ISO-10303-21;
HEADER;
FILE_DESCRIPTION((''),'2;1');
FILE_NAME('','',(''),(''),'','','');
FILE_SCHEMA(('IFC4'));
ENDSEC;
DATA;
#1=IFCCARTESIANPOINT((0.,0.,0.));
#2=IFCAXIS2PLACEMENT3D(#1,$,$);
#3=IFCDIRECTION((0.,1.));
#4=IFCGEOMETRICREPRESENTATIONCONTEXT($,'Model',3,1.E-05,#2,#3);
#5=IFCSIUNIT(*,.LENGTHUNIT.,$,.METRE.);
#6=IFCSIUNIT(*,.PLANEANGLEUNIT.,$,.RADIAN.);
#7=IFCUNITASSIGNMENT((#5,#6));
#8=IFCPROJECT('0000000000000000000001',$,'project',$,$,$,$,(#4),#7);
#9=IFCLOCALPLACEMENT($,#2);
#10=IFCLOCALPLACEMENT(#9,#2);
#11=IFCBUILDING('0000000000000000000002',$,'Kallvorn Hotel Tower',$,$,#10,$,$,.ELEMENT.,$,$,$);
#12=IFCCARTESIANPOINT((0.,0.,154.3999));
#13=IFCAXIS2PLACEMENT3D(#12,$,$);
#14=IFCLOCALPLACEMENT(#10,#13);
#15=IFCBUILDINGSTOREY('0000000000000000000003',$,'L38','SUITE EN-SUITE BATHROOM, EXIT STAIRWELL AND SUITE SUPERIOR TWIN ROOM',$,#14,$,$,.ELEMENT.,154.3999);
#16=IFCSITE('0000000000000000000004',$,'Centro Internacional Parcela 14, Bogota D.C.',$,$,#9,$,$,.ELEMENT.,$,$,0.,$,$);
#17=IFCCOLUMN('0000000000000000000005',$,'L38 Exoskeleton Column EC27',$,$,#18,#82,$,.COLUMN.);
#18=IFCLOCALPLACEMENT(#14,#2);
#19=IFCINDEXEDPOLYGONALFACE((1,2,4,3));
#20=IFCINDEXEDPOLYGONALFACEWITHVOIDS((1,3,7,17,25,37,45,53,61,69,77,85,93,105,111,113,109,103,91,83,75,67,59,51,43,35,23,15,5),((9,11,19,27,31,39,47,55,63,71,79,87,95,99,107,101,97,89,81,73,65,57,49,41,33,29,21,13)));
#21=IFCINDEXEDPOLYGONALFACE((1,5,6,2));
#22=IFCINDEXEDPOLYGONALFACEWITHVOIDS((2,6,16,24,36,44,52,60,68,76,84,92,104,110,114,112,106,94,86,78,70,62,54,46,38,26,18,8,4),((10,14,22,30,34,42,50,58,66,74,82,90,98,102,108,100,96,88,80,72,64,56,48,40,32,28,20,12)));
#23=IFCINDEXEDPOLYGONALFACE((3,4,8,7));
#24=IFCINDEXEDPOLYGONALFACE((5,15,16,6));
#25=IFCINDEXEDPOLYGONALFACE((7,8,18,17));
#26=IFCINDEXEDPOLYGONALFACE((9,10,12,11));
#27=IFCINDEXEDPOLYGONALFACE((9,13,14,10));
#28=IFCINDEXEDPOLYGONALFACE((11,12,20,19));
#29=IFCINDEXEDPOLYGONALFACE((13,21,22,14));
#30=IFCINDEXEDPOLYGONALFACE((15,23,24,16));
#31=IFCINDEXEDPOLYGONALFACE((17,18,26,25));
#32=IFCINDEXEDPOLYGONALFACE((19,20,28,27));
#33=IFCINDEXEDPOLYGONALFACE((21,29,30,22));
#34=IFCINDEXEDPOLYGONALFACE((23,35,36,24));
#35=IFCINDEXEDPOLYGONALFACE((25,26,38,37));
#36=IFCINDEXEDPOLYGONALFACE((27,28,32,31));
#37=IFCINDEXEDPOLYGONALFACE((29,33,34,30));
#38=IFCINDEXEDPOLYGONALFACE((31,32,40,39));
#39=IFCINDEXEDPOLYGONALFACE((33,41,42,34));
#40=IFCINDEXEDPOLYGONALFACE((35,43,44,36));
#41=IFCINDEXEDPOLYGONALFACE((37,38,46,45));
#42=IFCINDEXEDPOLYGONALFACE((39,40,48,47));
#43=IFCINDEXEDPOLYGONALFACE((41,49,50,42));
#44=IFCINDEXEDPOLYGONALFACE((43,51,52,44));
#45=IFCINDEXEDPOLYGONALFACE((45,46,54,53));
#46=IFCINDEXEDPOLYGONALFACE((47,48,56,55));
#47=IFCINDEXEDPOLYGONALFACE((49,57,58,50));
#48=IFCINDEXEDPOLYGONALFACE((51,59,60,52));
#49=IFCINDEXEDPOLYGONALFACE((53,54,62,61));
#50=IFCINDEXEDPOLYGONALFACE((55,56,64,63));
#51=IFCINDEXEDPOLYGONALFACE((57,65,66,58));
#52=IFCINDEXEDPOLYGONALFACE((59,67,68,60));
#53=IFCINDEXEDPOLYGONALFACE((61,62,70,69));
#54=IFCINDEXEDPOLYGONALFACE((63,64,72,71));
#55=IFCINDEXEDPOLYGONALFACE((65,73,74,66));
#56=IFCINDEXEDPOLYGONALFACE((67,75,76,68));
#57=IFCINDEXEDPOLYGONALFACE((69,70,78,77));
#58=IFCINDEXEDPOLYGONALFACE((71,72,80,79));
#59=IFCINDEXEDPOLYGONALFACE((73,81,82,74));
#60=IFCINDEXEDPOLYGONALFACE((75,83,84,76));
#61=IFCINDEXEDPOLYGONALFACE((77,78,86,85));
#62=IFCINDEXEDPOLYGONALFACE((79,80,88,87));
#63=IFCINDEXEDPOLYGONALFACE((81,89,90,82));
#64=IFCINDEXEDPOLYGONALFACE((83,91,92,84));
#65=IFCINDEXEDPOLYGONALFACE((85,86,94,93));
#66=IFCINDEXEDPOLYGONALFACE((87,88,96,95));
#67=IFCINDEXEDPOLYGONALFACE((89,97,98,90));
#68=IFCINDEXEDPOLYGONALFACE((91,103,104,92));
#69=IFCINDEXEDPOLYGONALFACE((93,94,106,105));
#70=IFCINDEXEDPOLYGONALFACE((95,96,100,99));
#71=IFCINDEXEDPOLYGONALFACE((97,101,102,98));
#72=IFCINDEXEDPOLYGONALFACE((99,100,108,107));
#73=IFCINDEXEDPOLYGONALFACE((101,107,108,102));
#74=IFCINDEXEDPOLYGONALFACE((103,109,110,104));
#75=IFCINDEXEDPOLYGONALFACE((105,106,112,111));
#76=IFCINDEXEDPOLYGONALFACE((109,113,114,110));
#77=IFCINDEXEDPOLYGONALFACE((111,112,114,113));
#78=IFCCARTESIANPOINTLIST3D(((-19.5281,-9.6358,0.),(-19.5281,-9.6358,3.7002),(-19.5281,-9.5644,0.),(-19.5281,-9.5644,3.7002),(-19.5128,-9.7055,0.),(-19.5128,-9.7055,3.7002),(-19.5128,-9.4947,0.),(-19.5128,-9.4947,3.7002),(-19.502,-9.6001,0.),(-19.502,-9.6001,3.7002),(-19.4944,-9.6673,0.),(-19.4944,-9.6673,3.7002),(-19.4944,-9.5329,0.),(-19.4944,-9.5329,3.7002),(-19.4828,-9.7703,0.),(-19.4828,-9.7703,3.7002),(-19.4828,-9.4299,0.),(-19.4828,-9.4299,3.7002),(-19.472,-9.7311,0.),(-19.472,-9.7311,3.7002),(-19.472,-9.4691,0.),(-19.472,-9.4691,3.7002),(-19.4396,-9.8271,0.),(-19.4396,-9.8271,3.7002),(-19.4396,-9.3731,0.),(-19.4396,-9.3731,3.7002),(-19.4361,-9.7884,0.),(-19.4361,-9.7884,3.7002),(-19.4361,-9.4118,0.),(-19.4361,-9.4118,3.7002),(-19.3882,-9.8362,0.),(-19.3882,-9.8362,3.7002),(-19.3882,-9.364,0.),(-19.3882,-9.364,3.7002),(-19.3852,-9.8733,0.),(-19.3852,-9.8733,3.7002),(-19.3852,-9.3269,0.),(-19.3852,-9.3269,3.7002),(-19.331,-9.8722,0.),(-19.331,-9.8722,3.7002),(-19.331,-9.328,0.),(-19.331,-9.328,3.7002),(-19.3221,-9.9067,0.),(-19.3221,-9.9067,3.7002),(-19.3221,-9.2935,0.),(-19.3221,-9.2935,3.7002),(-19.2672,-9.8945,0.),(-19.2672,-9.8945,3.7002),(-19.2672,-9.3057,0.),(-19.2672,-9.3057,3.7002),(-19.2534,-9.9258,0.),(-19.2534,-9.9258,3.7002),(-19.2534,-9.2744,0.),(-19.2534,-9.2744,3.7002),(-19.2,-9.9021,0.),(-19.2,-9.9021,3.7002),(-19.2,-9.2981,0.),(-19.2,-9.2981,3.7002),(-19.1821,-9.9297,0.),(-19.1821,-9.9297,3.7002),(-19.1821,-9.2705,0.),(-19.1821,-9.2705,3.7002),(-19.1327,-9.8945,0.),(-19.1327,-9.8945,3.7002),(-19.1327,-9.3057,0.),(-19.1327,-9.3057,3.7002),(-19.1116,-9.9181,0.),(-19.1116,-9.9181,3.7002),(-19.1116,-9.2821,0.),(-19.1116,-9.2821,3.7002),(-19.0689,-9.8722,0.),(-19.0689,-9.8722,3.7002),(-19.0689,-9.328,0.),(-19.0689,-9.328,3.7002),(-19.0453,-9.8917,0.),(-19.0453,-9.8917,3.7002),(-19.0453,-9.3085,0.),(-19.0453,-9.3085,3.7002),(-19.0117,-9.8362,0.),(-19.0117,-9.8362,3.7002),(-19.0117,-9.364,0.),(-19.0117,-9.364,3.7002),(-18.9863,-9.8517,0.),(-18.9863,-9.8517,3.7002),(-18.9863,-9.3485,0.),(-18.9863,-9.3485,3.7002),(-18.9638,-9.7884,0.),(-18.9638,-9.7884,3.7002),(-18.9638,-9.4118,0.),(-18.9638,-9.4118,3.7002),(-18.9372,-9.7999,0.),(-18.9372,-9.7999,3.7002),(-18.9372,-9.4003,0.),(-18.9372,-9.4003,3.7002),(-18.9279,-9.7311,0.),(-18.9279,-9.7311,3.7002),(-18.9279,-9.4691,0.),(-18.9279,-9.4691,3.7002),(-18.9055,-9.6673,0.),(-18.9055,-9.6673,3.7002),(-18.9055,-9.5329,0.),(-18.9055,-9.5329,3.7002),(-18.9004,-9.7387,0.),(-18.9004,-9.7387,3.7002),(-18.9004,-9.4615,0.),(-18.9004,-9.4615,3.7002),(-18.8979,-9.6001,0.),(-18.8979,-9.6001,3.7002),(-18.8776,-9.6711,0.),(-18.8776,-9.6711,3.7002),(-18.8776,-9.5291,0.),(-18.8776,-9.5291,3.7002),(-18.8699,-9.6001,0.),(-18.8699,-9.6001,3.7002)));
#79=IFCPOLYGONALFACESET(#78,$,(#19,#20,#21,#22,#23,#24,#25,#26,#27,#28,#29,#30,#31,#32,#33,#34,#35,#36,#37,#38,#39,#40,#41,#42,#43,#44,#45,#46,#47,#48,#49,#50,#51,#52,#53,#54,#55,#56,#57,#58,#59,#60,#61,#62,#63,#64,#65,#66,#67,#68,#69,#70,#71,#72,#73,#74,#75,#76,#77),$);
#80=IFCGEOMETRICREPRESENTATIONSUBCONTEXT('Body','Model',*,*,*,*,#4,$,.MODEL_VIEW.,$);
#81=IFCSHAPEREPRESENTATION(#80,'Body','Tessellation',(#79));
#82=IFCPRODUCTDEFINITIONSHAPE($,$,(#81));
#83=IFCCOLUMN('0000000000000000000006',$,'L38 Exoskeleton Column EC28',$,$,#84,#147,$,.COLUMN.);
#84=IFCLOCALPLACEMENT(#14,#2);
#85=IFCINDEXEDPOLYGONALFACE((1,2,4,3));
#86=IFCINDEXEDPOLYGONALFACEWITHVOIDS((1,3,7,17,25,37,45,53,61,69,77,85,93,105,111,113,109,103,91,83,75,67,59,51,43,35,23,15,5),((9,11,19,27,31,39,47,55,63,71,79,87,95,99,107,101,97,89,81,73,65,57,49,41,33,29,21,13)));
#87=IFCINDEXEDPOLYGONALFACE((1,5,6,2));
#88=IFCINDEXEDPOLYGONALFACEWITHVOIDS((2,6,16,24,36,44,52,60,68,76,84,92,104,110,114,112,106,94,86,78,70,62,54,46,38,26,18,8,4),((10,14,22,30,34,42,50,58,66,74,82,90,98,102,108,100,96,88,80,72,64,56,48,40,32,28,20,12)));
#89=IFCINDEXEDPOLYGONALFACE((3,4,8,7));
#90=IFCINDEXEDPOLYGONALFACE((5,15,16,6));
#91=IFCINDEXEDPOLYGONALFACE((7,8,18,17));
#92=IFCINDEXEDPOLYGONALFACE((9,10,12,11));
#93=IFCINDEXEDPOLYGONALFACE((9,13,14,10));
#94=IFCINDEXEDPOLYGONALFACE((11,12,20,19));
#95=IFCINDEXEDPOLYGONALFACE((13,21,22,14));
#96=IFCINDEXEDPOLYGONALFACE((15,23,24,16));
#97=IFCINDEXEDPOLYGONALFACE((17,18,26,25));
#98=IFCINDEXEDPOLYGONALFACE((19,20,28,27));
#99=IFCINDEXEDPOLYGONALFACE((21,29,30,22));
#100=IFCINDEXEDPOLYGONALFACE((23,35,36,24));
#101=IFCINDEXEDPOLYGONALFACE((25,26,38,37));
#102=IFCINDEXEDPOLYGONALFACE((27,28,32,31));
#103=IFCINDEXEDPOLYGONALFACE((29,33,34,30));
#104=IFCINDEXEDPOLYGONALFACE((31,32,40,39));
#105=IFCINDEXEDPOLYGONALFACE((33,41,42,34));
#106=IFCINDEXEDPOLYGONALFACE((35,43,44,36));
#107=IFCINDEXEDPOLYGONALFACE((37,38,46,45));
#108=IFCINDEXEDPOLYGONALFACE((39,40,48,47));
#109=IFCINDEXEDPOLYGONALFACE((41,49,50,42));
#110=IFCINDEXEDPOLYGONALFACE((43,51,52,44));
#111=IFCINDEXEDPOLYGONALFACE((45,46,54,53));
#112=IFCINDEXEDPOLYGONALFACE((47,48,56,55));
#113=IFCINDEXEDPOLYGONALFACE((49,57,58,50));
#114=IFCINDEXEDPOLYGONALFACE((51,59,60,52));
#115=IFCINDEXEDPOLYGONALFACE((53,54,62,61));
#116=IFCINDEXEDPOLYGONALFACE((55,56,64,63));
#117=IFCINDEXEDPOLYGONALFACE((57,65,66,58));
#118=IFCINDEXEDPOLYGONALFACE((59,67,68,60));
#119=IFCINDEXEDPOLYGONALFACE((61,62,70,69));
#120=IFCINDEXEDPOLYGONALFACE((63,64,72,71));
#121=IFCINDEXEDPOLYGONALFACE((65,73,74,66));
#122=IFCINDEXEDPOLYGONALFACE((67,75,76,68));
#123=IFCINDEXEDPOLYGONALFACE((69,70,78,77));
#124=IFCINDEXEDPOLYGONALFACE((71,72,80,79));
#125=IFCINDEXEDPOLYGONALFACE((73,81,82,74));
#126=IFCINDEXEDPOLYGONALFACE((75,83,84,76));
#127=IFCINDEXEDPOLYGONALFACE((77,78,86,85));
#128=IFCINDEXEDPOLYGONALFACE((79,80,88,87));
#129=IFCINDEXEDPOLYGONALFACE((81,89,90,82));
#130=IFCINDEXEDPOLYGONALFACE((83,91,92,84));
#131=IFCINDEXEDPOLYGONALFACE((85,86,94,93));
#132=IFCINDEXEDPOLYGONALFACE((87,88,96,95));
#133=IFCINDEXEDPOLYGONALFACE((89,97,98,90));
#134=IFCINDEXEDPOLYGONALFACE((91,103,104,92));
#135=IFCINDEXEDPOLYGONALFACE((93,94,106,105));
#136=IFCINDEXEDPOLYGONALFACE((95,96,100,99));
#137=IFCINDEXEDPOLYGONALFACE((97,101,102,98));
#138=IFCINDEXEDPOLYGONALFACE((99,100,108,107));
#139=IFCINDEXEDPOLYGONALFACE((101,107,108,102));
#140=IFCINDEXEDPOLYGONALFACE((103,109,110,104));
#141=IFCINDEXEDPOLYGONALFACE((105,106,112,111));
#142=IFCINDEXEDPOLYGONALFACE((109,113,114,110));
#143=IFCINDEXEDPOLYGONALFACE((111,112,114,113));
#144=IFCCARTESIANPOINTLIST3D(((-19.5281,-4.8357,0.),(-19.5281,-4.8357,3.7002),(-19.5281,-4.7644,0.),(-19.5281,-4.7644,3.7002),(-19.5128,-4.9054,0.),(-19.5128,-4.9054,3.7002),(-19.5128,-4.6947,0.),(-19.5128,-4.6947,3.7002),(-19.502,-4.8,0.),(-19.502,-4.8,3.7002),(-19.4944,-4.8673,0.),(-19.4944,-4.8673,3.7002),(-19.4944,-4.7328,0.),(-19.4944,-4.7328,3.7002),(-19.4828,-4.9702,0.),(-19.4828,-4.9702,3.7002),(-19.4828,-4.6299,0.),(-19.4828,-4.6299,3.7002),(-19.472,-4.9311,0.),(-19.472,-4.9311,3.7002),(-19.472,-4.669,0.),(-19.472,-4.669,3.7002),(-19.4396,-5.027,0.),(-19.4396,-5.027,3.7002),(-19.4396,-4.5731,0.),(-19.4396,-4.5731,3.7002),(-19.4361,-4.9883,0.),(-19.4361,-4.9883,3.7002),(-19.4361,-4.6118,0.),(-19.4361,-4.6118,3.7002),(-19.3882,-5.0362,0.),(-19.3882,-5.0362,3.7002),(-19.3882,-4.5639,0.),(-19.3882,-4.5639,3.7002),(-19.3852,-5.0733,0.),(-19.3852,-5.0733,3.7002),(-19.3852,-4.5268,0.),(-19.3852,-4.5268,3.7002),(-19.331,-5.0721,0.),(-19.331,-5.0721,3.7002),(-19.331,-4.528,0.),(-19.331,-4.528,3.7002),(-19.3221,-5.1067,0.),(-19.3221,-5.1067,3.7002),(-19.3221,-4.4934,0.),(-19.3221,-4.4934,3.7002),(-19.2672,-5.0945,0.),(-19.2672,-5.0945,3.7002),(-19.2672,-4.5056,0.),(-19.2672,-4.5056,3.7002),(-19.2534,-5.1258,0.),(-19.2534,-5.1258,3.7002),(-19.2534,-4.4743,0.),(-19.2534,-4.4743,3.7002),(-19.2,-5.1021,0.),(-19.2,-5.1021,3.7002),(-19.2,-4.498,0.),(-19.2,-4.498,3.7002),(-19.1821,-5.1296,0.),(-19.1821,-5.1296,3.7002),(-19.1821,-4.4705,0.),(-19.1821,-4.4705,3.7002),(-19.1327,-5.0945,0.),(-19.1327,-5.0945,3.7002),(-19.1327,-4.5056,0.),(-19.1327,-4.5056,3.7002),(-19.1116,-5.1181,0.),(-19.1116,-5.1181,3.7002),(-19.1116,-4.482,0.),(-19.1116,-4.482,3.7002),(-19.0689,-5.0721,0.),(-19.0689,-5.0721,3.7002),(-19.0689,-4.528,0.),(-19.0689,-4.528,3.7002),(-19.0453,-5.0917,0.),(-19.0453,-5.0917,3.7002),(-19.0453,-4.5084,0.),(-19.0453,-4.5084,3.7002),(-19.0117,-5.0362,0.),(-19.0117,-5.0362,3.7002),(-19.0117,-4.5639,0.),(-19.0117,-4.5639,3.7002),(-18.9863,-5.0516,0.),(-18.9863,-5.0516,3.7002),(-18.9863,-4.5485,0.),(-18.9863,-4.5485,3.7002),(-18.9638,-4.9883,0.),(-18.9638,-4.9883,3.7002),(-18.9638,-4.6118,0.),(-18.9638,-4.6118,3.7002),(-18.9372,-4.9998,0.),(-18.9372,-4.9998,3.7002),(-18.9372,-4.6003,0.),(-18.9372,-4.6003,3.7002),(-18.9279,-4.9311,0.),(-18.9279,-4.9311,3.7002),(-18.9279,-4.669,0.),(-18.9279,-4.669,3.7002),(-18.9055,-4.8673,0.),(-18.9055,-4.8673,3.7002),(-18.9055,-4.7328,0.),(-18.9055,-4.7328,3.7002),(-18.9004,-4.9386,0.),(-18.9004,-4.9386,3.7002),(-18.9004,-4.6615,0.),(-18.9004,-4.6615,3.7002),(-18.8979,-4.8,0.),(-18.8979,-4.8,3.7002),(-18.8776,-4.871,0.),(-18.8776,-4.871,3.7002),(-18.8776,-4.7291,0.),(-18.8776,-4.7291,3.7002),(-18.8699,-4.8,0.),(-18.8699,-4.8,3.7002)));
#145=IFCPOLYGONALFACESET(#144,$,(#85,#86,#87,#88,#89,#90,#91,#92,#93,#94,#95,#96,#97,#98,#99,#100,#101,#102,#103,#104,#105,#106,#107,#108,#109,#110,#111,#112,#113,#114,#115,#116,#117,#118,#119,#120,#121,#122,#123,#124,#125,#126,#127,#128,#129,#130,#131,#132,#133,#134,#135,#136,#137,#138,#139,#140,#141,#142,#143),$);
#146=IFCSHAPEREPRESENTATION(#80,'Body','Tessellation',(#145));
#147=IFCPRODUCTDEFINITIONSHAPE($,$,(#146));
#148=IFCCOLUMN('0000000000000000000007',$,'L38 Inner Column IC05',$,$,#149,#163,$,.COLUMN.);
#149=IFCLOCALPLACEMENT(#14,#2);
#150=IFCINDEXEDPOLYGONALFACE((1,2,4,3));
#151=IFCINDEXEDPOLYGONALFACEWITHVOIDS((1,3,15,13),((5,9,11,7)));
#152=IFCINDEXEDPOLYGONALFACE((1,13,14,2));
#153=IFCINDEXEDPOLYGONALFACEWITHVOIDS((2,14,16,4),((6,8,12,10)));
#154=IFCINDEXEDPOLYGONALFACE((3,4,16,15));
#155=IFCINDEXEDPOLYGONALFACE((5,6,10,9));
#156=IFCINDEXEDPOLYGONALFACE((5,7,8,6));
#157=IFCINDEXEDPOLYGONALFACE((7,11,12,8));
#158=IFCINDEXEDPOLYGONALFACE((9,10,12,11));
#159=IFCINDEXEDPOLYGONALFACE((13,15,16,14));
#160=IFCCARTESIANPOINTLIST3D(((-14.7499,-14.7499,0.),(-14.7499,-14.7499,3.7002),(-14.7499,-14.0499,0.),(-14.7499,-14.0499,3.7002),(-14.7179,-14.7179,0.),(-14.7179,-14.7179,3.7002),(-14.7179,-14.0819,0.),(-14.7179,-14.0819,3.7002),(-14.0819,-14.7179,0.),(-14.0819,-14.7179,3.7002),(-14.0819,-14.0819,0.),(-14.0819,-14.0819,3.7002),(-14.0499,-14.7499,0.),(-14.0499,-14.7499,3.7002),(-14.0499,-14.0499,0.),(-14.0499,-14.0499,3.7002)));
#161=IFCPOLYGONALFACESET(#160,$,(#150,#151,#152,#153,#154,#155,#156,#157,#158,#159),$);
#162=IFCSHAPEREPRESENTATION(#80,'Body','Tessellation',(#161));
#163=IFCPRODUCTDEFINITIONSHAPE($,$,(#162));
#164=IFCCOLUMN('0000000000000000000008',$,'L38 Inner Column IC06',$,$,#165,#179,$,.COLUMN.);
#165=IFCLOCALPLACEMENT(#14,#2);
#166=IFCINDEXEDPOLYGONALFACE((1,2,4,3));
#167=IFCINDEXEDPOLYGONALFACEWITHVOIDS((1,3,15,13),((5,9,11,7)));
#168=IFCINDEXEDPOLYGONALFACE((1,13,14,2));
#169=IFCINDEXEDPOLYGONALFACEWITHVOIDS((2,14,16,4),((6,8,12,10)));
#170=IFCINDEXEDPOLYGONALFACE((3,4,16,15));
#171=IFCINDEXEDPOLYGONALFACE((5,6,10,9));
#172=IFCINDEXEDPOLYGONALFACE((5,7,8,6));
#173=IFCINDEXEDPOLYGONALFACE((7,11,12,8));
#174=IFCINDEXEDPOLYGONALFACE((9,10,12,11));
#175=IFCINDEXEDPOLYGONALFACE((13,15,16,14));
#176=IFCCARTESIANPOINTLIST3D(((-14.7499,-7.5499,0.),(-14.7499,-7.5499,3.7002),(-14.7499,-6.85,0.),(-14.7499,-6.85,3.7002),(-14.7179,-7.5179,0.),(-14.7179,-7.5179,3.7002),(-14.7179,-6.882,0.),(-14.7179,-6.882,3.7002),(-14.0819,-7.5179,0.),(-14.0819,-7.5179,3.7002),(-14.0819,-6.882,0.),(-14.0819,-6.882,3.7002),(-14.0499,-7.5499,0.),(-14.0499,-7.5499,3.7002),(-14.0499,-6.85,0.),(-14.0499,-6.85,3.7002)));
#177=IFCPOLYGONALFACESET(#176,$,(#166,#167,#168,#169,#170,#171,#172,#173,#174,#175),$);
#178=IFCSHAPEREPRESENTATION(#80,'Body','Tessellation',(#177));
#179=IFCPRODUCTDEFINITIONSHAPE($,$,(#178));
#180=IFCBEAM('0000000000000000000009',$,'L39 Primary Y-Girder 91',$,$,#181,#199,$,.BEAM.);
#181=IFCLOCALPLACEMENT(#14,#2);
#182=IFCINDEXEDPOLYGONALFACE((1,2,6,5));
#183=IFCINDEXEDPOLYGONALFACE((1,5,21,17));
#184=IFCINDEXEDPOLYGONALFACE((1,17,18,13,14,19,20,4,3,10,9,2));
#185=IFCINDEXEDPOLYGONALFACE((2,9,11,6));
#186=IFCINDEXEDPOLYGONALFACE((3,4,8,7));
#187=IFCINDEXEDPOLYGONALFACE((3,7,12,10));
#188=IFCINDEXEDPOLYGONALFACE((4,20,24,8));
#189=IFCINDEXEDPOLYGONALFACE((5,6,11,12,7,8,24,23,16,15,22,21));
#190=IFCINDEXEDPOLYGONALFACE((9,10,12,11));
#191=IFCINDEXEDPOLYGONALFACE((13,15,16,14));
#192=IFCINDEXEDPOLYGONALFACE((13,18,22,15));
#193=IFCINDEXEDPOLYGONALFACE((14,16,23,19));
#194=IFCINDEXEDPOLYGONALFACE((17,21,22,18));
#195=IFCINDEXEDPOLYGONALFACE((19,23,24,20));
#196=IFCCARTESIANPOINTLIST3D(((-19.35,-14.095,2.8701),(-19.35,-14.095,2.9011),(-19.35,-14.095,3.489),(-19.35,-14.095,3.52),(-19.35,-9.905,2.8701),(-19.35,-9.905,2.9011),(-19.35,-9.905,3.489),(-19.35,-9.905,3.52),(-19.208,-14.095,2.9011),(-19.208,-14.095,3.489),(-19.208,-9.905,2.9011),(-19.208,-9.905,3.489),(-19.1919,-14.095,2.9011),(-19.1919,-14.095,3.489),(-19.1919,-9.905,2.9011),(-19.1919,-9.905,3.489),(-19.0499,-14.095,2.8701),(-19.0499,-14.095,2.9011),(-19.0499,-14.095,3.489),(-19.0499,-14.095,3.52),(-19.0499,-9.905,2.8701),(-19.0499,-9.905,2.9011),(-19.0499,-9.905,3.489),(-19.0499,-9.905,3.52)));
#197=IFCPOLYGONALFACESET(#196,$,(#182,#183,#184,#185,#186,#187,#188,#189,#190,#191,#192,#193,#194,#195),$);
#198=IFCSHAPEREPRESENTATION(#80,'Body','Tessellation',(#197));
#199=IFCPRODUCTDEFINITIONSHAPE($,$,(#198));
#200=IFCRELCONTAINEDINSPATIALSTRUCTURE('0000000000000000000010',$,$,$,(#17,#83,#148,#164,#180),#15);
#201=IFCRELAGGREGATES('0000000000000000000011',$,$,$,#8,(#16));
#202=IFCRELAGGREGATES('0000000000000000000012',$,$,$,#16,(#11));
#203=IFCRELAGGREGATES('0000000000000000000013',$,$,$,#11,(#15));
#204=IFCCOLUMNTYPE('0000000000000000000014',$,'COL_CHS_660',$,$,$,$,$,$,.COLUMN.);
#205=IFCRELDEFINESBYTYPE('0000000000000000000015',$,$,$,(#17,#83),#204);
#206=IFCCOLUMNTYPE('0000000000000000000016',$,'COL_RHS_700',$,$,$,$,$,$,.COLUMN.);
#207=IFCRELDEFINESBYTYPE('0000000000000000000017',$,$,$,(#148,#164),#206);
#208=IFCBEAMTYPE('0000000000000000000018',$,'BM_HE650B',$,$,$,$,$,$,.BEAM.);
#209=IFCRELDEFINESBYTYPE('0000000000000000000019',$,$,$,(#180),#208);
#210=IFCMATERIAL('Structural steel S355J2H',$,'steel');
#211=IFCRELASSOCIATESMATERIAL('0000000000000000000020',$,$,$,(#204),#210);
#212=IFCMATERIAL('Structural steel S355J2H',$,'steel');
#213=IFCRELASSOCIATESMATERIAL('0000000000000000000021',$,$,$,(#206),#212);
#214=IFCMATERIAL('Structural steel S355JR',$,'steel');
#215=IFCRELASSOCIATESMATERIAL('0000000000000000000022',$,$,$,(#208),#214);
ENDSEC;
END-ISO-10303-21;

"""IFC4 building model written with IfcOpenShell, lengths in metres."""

from ifc_helpers import new_model, si_unit, direction, frame, origin, origin_2d, place, context, subcontext, project, spatial, hollow_rectangle, hollow_circle, i_section, extrude, material, material_profile, profile_set, type_object, element, save


model = new_model("IFC4")

# Units and contexts
model_context = context("Model", 3, precision=1e-05, world=origin(), true_north=direction((0.0, 1.0)))
body_context = subcontext(model_context, "Body", "Model", "MODEL_VIEW")
ifc_project = project(units=[si_unit("LENGTHUNIT", "METRE"), si_unit("PLANEANGLEUNIT", "RADIAN")], contexts=[model_context])

# Site, building, storey
site_placement = place(None, origin())
site = spatial("IfcSite", under=ifc_project, at=site_placement, Name="Centro Internacional Parcela 14, Bogota D.C.", CompositionType="ELEMENT", RefElevation=0.0)
building_placement = place(site_placement, origin())
building = spatial("IfcBuilding", under=site, at=building_placement, Name="Kallvorn Hotel Tower", CompositionType="ELEMENT")
storey_placement = place(building_placement, frame((0.0, 0.0, 154.3999)))
storey = spatial("IfcBuildingStorey", under=building, at=storey_placement, Name="L38", Description="SUITE EN-SUITE BATHROOM, EXIT STAIRWELL AND SUITE SUPERIOR TWIN ROOM", CompositionType="ELEMENT", Elevation=154.3999)

# Columns
ifc_material_1 = material(Name="Structural steel S355J2H", Category="steel")
ifc_material_profile_1 = material_profile(ifc_material_1, hollow_circle(Radius=0.3301, WallThickness=0.0281, at=origin_2d()), Name="CHS 660x28")
ifc_profile_set_1 = profile_set([ifc_material_profile_1], Name="Structural steel S355J2H")
column_type_1 = type_object("IfcColumnType", Name="COL_CHS_660", PredefinedType="COLUMN", material=ifc_profile_set_1)
for number, where, z_axis, x_axis, name in (
    (1, (-19.2, -9.6001, 0.0), (0.0, 0.0, 1.0), (1.0, 0.0, 0.0), "L38 Exoskeleton Column EC27"),
    (2, (-19.2, -4.8, 0.0), (0.0, 0.0, 1.0), (1.0, 0.0, 0.0), "L38 Exoskeleton Column EC28"),
):
    element("IfcColumn", number, at=place(storey_placement, frame(where, z_axis=z_axis, x_axis=x_axis)), inside=storey, type_object=column_type_1, Name=name, PredefinedType="COLUMN", context=body_context, shape_type="SweptSolid", body=[
        extrude(hollow_circle(Radius=0.3301, WallThickness=0.0281, at=origin_2d()), origin(), (0.0, 0.0, 1.0), 3.7002),
    ])
ifc_material_2 = material(Name="Structural steel S355J2H", Category="steel")
ifc_material_profile_2 = material_profile(ifc_material_2, hollow_rectangle(XDim=0.7, YDim=0.7, WallThickness=0.032, at=origin_2d()), Name="RHS 700x700x32")
ifc_profile_set_2 = profile_set([ifc_material_profile_2], Name="Structural steel S355J2H")
column_type_2 = type_object("IfcColumnType", Name="COL_RHS_700", PredefinedType="COLUMN", material=ifc_profile_set_2)
for number, where, z_axis, x_axis, name in (
    (3, (-14.3999, -14.3999, 0.0), (0.0, 0.0, 1.0), (1.0, 0.0, 0.0), "L38 Inner Column IC05"),
    (4, (-14.3999, -7.2, 0.0), (0.0, 0.0, 1.0), (1.0, 0.0, 0.0), "L38 Inner Column IC06"),
):
    element("IfcColumn", number, at=place(storey_placement, frame(where, z_axis=z_axis, x_axis=x_axis)), inside=storey, type_object=column_type_2, Name=name, PredefinedType="COLUMN", context=body_context, shape_type="SweptSolid", body=[
        extrude(hollow_rectangle(XDim=0.7, YDim=0.7, WallThickness=0.032, at=origin_2d()), origin(), (0.0, 0.0, 1.0), 3.7002),
    ])

# Beam
ifc_material_3 = material(Name="Structural steel S355JR", Category="steel")
ifc_material_profile_3 = material_profile(ifc_material_3, i_section(OverallWidth=0.3, OverallDepth=0.6499, WebThickness=0.0161, FlangeThickness=0.031, at=origin_2d()), Name="HE 650 B")
ifc_profile_set_3 = profile_set([ifc_material_profile_3], Name="Structural steel S355JR")
beam_type_1 = type_object("IfcBeamType", Name="BM_HE650B", PredefinedType="BEAM", material=ifc_profile_set_3)
beam_1_placement = place(storey_placement, frame((-19.2, -14.095, 3.1951), z_axis=(0.0, 1.0, 0.0), x_axis=(-1.0, 0.0, 0.0)))
element("IfcBeam", 5, at=beam_1_placement, inside=storey, type_object=beam_type_1, Name="L39 Primary Y-Girder 91", PredefinedType="BEAM", context=body_context, shape_type="SweptSolid", body=[
    extrude(i_section(OverallWidth=0.3, OverallDepth=0.6499, WebThickness=0.0161, FlangeThickness=0.031, at=origin_2d()), origin(), (0.0, 0.0, 1.0), 4.1899),
])

save(model, "model.ifc")
